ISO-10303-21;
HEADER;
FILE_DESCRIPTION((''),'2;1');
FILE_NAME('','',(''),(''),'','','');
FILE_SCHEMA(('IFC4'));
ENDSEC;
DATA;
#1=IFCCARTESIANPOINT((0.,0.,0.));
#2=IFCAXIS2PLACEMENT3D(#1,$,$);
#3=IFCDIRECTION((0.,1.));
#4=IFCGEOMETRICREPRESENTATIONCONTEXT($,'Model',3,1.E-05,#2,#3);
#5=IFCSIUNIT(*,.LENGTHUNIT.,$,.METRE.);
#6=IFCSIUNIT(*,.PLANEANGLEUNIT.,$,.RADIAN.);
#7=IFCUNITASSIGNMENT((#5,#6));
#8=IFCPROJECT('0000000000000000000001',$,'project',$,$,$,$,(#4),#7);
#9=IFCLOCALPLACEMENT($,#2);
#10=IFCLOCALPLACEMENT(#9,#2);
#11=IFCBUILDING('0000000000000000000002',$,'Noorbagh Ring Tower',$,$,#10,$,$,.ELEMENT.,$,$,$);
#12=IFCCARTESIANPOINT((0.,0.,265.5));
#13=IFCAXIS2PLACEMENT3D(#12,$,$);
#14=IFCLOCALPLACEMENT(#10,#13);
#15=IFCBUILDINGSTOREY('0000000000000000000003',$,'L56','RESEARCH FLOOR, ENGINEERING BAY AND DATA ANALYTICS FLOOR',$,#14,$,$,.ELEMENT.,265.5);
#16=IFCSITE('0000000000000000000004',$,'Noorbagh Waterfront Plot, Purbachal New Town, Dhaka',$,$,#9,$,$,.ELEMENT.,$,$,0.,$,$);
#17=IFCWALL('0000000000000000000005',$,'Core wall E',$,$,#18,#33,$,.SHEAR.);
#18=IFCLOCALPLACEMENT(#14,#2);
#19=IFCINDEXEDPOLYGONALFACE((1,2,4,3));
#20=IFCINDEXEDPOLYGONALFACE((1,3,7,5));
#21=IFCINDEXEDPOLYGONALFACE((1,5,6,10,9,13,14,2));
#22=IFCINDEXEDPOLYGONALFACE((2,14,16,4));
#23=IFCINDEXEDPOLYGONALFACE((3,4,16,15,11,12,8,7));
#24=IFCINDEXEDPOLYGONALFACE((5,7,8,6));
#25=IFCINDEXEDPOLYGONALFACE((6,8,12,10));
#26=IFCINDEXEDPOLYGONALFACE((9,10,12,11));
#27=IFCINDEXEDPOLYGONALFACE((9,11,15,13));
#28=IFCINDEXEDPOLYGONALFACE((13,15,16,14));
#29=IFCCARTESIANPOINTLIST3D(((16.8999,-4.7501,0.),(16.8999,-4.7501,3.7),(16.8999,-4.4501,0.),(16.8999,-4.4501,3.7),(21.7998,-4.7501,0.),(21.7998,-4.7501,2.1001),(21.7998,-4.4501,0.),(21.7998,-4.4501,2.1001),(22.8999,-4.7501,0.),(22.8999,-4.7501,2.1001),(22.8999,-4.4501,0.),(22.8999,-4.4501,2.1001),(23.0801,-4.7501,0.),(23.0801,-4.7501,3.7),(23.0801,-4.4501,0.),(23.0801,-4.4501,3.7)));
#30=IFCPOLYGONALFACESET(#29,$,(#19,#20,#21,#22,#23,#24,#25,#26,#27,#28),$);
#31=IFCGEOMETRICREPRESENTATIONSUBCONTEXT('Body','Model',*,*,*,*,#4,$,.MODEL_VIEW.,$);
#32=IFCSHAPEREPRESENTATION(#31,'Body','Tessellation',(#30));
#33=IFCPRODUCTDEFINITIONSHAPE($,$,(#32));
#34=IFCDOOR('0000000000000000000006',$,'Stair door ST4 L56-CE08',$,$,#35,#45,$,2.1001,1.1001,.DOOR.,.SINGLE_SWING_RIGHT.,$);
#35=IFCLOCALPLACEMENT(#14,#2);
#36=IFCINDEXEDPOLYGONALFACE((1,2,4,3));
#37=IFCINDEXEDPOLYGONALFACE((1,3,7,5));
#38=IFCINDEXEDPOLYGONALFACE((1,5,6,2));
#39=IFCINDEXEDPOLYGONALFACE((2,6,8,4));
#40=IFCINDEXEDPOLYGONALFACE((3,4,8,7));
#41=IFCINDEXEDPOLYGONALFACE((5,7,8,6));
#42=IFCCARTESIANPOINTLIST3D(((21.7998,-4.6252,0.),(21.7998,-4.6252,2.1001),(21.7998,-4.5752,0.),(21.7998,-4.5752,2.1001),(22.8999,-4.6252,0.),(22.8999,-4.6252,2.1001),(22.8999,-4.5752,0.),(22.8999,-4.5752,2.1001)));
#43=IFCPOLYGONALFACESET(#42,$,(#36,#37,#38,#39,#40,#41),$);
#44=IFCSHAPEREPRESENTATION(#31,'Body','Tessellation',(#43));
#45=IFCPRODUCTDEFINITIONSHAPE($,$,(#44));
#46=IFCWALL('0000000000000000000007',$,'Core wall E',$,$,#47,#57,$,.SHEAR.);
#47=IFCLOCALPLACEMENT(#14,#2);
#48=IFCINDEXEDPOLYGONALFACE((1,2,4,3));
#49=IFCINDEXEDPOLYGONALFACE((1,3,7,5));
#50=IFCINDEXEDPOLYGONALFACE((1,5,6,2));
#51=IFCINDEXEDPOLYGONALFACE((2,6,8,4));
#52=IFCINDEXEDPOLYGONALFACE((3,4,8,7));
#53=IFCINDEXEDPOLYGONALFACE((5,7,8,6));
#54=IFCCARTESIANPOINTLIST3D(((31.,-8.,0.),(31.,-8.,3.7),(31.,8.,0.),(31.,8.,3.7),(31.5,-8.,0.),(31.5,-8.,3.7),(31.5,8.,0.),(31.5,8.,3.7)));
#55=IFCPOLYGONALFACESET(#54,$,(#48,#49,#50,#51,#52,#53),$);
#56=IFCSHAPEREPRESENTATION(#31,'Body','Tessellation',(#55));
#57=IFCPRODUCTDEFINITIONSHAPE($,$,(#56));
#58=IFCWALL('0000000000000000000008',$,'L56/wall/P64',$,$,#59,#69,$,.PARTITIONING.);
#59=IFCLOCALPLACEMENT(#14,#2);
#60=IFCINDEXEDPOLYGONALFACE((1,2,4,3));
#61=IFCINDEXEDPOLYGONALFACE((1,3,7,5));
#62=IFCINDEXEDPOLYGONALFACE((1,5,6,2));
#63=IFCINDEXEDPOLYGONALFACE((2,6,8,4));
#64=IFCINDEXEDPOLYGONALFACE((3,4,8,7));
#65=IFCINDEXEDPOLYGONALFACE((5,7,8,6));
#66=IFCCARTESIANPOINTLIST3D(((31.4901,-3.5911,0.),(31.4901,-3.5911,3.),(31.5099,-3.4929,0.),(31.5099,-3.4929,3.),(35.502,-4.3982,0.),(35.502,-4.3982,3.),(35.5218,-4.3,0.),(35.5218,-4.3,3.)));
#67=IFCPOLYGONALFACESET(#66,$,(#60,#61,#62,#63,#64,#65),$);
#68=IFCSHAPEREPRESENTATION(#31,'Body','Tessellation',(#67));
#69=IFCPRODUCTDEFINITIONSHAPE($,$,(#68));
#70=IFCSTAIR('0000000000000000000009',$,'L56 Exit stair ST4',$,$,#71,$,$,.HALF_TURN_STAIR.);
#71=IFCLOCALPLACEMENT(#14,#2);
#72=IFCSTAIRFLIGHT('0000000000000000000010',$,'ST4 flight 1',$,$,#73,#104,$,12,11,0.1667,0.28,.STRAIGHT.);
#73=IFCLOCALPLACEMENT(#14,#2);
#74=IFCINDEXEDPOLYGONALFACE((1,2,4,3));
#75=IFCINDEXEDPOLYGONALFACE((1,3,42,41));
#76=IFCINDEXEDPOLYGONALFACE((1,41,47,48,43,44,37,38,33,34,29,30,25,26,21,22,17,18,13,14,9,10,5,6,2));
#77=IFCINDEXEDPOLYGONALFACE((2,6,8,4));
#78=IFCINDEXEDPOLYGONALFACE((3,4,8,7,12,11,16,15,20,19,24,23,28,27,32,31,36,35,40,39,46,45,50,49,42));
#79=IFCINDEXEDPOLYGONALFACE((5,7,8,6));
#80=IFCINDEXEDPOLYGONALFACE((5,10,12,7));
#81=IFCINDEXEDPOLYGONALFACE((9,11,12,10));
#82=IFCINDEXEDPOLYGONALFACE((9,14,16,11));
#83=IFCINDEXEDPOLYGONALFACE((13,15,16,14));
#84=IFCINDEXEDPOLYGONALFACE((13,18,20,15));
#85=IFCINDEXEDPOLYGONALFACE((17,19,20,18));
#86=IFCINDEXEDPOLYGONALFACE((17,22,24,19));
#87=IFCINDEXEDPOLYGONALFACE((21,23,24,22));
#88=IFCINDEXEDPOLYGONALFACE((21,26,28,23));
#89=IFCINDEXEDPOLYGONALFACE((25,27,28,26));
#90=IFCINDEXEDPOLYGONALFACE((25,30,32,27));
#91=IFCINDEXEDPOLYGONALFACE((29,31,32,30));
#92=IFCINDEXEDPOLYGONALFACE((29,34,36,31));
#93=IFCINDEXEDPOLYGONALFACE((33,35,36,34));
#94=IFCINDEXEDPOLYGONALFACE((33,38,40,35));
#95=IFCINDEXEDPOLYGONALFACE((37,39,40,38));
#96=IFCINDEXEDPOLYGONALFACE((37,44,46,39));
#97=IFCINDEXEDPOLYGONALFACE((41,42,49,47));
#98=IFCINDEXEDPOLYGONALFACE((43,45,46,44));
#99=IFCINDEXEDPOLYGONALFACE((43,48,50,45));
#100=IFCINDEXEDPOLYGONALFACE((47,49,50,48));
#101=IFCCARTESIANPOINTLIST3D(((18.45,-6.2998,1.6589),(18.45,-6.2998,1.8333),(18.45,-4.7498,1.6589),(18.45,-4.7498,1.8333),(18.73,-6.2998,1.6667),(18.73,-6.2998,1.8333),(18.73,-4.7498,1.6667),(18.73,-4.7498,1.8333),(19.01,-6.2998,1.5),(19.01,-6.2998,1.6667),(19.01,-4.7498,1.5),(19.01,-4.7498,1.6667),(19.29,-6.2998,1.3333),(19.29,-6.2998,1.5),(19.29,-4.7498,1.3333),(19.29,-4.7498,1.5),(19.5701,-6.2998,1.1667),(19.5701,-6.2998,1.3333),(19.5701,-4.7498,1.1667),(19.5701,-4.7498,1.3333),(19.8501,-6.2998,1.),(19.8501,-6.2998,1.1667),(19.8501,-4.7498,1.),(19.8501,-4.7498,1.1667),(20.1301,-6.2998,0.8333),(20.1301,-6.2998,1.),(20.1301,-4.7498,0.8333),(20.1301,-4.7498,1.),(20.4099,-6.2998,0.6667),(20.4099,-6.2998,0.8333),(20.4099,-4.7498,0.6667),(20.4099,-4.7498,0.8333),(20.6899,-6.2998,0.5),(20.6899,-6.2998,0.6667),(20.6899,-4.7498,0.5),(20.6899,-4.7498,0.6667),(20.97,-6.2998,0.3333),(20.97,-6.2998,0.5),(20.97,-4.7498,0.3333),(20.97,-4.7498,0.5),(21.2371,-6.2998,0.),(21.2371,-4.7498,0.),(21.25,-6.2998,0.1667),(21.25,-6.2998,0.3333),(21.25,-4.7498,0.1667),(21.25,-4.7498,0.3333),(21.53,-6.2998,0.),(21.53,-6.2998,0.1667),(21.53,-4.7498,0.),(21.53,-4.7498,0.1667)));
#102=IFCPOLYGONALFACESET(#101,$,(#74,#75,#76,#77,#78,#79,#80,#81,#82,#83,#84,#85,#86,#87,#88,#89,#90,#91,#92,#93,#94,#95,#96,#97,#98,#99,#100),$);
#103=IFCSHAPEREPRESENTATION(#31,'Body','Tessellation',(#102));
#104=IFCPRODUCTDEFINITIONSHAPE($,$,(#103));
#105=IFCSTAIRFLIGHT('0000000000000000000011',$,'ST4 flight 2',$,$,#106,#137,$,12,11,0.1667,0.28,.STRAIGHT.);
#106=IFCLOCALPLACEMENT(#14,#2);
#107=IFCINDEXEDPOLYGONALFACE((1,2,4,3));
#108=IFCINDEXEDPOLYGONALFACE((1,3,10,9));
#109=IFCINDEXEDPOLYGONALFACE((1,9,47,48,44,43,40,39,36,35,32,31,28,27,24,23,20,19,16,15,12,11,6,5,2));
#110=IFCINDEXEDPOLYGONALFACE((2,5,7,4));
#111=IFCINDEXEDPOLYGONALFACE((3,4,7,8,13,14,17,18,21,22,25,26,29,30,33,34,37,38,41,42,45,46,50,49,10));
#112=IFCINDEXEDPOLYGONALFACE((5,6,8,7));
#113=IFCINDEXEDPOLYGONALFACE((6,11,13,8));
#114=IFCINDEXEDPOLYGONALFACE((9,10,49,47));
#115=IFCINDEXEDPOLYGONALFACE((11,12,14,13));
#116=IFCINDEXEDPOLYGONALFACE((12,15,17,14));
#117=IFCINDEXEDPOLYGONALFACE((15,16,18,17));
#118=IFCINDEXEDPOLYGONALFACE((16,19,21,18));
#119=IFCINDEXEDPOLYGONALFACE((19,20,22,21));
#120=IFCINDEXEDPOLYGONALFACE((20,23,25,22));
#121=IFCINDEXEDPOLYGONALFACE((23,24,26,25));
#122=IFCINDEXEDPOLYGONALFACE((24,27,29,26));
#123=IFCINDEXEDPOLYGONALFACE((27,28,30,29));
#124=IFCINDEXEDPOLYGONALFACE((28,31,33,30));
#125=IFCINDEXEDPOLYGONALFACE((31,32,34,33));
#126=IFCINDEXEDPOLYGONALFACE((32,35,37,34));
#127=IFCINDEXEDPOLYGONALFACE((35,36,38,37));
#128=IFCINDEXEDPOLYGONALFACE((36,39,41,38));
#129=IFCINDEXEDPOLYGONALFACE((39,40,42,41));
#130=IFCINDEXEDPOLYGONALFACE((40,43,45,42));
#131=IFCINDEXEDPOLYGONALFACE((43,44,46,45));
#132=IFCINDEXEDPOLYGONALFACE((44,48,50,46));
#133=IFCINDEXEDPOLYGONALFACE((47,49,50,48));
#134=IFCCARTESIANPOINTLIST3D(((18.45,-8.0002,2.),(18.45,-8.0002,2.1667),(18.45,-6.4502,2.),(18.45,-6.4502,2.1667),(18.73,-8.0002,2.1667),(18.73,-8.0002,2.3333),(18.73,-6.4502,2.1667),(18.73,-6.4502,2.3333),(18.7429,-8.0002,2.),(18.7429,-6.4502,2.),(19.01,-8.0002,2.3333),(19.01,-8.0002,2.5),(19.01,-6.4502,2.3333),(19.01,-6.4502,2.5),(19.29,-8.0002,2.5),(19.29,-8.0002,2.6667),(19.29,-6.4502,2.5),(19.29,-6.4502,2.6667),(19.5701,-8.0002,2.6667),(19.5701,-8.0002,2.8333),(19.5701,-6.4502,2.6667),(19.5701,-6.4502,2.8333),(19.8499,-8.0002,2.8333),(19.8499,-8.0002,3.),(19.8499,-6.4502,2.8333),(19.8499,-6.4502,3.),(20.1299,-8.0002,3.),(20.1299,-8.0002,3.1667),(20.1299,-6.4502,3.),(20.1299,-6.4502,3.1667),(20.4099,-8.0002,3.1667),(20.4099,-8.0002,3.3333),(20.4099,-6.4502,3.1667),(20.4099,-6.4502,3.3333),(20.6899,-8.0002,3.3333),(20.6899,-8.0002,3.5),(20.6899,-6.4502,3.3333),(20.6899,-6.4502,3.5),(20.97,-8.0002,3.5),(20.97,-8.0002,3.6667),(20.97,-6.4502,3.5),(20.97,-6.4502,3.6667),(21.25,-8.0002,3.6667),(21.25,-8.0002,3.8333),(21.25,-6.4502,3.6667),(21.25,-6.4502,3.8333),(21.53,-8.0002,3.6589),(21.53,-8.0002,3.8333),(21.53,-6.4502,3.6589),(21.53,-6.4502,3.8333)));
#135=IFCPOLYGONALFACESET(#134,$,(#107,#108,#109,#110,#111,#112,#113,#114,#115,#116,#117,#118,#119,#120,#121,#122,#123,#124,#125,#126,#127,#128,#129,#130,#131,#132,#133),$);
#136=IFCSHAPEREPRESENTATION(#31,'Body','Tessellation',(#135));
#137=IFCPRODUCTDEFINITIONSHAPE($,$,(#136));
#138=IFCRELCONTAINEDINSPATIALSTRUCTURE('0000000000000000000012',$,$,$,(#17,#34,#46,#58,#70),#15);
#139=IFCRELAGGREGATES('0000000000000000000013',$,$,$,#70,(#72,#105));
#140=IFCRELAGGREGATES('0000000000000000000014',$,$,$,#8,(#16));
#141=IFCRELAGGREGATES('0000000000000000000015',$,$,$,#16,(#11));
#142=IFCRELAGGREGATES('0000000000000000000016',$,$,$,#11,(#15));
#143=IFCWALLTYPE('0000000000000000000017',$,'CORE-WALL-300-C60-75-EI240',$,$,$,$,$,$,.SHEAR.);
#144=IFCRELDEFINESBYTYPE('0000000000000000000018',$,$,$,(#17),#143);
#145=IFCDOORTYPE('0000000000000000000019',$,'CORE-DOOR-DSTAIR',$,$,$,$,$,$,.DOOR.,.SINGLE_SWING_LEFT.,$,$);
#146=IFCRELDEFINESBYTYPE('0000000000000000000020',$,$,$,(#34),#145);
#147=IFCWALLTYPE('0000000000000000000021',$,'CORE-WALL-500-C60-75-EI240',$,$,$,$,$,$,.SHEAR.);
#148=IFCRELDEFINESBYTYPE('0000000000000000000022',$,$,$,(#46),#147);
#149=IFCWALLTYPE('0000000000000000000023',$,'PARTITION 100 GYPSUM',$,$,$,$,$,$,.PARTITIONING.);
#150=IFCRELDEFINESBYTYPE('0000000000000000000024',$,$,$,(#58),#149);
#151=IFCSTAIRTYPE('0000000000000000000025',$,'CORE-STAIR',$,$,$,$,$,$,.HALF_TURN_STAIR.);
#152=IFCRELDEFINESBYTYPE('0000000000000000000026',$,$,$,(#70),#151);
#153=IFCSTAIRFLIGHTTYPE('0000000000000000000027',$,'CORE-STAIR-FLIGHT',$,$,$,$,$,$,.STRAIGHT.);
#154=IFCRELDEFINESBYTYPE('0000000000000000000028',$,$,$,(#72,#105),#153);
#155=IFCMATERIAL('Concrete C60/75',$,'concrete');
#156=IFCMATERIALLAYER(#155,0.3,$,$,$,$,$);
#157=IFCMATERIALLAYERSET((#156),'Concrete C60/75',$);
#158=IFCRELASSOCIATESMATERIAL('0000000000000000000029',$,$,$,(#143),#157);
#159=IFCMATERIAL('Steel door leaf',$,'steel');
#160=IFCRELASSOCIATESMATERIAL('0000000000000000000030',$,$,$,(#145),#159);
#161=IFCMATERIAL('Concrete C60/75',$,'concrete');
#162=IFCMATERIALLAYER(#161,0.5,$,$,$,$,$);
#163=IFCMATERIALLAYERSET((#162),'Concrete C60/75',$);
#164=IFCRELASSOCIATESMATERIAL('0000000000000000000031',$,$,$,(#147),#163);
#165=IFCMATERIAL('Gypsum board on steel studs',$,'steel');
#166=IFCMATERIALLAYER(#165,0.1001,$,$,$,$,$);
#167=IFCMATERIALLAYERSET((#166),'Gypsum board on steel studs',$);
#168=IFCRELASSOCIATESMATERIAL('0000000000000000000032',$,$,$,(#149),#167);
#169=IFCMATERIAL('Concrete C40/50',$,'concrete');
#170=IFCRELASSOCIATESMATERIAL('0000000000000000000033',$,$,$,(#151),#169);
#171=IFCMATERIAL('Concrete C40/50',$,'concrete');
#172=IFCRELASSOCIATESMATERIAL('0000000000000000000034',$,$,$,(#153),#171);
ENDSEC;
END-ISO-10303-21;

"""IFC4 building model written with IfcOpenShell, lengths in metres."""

from ifc_helpers import new_model, si_unit, direction, frame, frame_2d, origin, place, context, subcontext, project, spatial, polyline, rectangle, outline, extrude, material, layer, layer_set, type_object, element, fill, aggregate, save


model = new_model("IFC4")

# Units and contexts
model_context = context("Model", 3, precision=1e-05, world=origin(), true_north=direction((0.0, 1.0)))
body_context = subcontext(model_context, "Body", "Model", "MODEL_VIEW")
ifc_project = project(units=[si_unit("LENGTHUNIT", "METRE"), si_unit("PLANEANGLEUNIT", "RADIAN")], contexts=[model_context])

# Site, building, storey
site_placement = place(None, origin())
site = spatial("IfcSite", under=ifc_project, at=site_placement, Name="Noorbagh Waterfront Plot, Purbachal New Town, Dhaka", CompositionType="ELEMENT", RefElevation=0.0)
building_placement = place(site_placement, origin())
building = spatial("IfcBuilding", under=site, at=building_placement, Name="Noorbagh Ring Tower", CompositionType="ELEMENT")
storey_placement = place(building_placement, frame((0.0, 0.0, 265.5)))
storey = spatial("IfcBuildingStorey", under=building, at=storey_placement, Name="L56", Description="RESEARCH FLOOR, ENGINEERING BAY AND DATA ANALYTICS FLOOR", CompositionType="ELEMENT", Elevation=265.5)

# Shared definitions
ifc_material_1 = material(Name="Concrete C60/75", Category="concrete")
ifc_layer_1 = layer(ifc_material_1, 0.3)
ifc_layer_set_1 = layer_set([ifc_layer_1], Name="Concrete C60/75")
wall_type_1 = type_object("IfcWallType", Name="CORE-WALL-300-C60-75-EI240", PredefinedType="SHEAR", material=ifc_layer_set_1)

# Wall, opening, door
wall_1_placement = place(storey_placement, frame((16.8999, -4.6001, 0.0), z_axis=(0.0, 0.0, 1.0), x_axis=(1.0, 0.0, 0.0)))
wall_1 = element("IfcWall", 1, at=wall_1_placement, inside=storey, type_object=wall_type_1, Name="Core wall E", PredefinedType="SHEAR", context=body_context, shape_type="SweptSolid", body=[
    extrude(rectangle(XDim=6.1802, YDim=0.3, at=frame_2d((3.0901, 0.0))), origin(), (0.0, 0.0, 1.0), 3.7),
])
opening_1_placement = place(wall_1_placement, frame((4.8999, 0.0, 0.0)))
opening_1 = element("IfcOpeningElement", 2, at=opening_1_placement, cuts=wall_1, PredefinedType="OPENING", context=body_context, shape_type="SweptSolid", body=[
    extrude(rectangle(XDim=1.1001, YDim=2.1001, at=frame_2d((0.55, 1.05))), frame((0.0, 0.1602, 0.0), z_axis=(0.0, -1.0, 0.0), x_axis=(1.0, 0.0, 0.0)), (0.0, 0.0, 1.0), 0.3201),
])
ifc_material_2 = material(Name="Steel door leaf", Category="steel")
door_type_1 = type_object("IfcDoorType", Name="CORE-DOOR-DSTAIR", OperationType="SINGLE_SWING_LEFT", PredefinedType="DOOR", material=ifc_material_2)
door_1_placement = place(opening_1_placement, origin())
door_1 = element("IfcDoor", 3, at=door_1_placement, inside=storey, type_object=door_type_1, Name="Stair door ST4 L56-CE08", OperationType="SINGLE_SWING_RIGHT", OverallHeight=2.1001, OverallWidth=1.1001, PredefinedType="DOOR", context=body_context, shape_type="SweptSolid", body=[
    extrude(rectangle(XDim=1.1001, YDim=2.1001, at=frame_2d((0.55, 1.05))), frame((0.0, 0.0249, 0.0), z_axis=(0.0, -1.0, 0.0), x_axis=(1.0, 0.0, 0.0)), (0.0, 0.0, 1.0), 0.05),
])
fill(opening_1, door_1)

# Walls
ifc_material_3 = material(Name="Concrete C60/75", Category="concrete")
ifc_layer_2 = layer(ifc_material_3, 0.5)
ifc_layer_set_2 = layer_set([ifc_layer_2], Name="Concrete C60/75")
wall_type_2 = type_object("IfcWallType", Name="CORE-WALL-500-C60-75-EI240", PredefinedType="SHEAR", material=ifc_layer_set_2)
wall_2_placement = place(storey_placement, frame((31.25, -8.0, 0.0), z_axis=(0.0, 0.0, 1.0), x_axis=(0.0, 1.0, 0.0)))
element("IfcWall", 4, at=wall_2_placement, inside=storey, type_object=wall_type_2, Name="Core wall E", PredefinedType="SHEAR", context=body_context, shape_type="SweptSolid", body=[
    extrude(rectangle(XDim=16.0, YDim=0.5, at=frame_2d((8.0, 0.0))), origin(), (0.0, 0.0, 1.0), 3.7),
])
ifc_material_4 = material(Name="Gypsum board on steel studs", Category="steel")
ifc_layer_3 = layer(ifc_material_4, 0.1001)
ifc_layer_set_3 = layer_set([ifc_layer_3], Name="Gypsum board on steel studs")
wall_type_3 = type_object("IfcWallType", Name="PARTITION 100 GYPSUM", PredefinedType="PARTITIONING", material=ifc_layer_set_3)
wall_3_placement = place(storey_placement, frame((31.5, -3.542, 0.0), z_axis=(0.0, 0.0, 1.0), x_axis=(0.980357, -0.197229, 0.0)))
element("IfcWall", 5, at=wall_3_placement, inside=storey, type_object=wall_type_3, Name="L56/wall/P64", PredefinedType="PARTITIONING", context=body_context, shape_type="SweptSolid", body=[
    extrude(rectangle(XDim=4.0923, YDim=0.1001, at=frame_2d((2.0461, 0.0))), origin(), (0.0, 0.0, 1.0), 3.0),
])

# Stair, stair flights
ifc_material_5 = material(Name="Concrete C40/50", Category="concrete")
stair_type = type_object("IfcStairType", Name="CORE-STAIR", PredefinedType="HALF_TURN_STAIR", material=ifc_material_5)
stair_placement = place(storey_placement, origin())
stair = element("IfcStair", 6, at=stair_placement, inside=storey, type_object=stair_type, Name="L56 Exit stair ST4", PredefinedType="HALF_TURN_STAIR")
ifc_material_6 = material(Name="Concrete C40/50", Category="concrete")
stair_flight_type = type_object("IfcStairFlightType", Name="CORE-STAIR-FLIGHT", PredefinedType="STRAIGHT", material=ifc_material_6)
stair_flight_1_placement = place(storey_placement, frame((21.53, -5.5249, 0.0), z_axis=(0.0, 0.0, 1.0), x_axis=(-1.0, 0.0, 0.0)))
stair_flight_1 = element("IfcStairFlight", 7, at=stair_flight_1_placement, type_object=stair_flight_type, Name="ST4 flight 1", NumberOfRisers=12, NumberOfTreads=11, PredefinedType="STRAIGHT", RiserHeight=0.1667, TreadLength=0.28, context=body_context, shape_type="SweptSolid", body=[
    extrude(outline(polyline([(0.0, 0.0), (0.0, 0.1667), (0.28, 0.1667), (0.28, 0.3333), (0.5601, 0.3333), (0.5601, 0.5), (0.8401, 0.5), (0.8401, 0.6667), (1.1201, 0.6667), (1.1201, 0.8333), (1.3999, 0.8333), (1.3999, 1.0), (1.6799, 1.0), (1.6799, 1.1667), (1.96, 1.1667), (1.96, 1.3333), (2.24, 1.3333), (2.24, 1.5), (2.52, 1.5), (2.52, 1.6667), (2.8, 1.6667), (2.8, 1.8333), (3.0801, 1.8333), (3.0801, 2.0), (3.0801, 1.6589), (0.293, 0.0), (0.0, 0.0)])), frame((0.0, 0.7749, 0.0), z_axis=(0.0, -1.0, 0.0), x_axis=(1.0, 0.0, 0.0)), (0.0, 0.0, 1.0), 1.55),
])
stair_flight_2_placement = place(storey_placement, frame((18.45, -7.2251, 2.0), z_axis=(0.0, 0.0, 1.0), x_axis=(1.0, 0.0, 0.0)))
stair_flight_2 = element("IfcStairFlight", 8, at=stair_flight_2_placement, type_object=stair_flight_type, Name="ST4 flight 2", NumberOfRisers=12, NumberOfTreads=11, PredefinedType="STRAIGHT", RiserHeight=0.1667, TreadLength=0.28, context=body_context, shape_type="SweptSolid", body=[
    extrude(outline(polyline([(0.0, 0.0), (0.0, 0.1667), (0.28, 0.1667), (0.28, 0.3333), (0.5601, 0.3333), (0.5601, 0.5), (0.8401, 0.5), (0.8401, 0.6667), (1.1201, 0.6667), (1.1201, 0.8333), (1.3999, 0.8333), (1.3999, 1.0), (1.6799, 1.0), (1.6799, 1.1667), (1.96, 1.1667), (1.96, 1.3333), (2.24, 1.3333), (2.24, 1.5), (2.52, 1.5), (2.52, 1.6667), (2.8, 1.6667), (2.8, 1.8333), (3.0801, 1.8333), (3.0801, 2.0), (3.0801, 1.6589), (0.293, 0.0), (0.0, 0.0)])), frame((0.0, 0.7749, 0.0), z_axis=(0.0, -1.0, 0.0), x_axis=(1.0, 0.0, 0.0)), (0.0, 0.0, 1.0), 1.55),
])
aggregate(stair, [stair_flight_1, stair_flight_2])

save(model, "model.ifc")
